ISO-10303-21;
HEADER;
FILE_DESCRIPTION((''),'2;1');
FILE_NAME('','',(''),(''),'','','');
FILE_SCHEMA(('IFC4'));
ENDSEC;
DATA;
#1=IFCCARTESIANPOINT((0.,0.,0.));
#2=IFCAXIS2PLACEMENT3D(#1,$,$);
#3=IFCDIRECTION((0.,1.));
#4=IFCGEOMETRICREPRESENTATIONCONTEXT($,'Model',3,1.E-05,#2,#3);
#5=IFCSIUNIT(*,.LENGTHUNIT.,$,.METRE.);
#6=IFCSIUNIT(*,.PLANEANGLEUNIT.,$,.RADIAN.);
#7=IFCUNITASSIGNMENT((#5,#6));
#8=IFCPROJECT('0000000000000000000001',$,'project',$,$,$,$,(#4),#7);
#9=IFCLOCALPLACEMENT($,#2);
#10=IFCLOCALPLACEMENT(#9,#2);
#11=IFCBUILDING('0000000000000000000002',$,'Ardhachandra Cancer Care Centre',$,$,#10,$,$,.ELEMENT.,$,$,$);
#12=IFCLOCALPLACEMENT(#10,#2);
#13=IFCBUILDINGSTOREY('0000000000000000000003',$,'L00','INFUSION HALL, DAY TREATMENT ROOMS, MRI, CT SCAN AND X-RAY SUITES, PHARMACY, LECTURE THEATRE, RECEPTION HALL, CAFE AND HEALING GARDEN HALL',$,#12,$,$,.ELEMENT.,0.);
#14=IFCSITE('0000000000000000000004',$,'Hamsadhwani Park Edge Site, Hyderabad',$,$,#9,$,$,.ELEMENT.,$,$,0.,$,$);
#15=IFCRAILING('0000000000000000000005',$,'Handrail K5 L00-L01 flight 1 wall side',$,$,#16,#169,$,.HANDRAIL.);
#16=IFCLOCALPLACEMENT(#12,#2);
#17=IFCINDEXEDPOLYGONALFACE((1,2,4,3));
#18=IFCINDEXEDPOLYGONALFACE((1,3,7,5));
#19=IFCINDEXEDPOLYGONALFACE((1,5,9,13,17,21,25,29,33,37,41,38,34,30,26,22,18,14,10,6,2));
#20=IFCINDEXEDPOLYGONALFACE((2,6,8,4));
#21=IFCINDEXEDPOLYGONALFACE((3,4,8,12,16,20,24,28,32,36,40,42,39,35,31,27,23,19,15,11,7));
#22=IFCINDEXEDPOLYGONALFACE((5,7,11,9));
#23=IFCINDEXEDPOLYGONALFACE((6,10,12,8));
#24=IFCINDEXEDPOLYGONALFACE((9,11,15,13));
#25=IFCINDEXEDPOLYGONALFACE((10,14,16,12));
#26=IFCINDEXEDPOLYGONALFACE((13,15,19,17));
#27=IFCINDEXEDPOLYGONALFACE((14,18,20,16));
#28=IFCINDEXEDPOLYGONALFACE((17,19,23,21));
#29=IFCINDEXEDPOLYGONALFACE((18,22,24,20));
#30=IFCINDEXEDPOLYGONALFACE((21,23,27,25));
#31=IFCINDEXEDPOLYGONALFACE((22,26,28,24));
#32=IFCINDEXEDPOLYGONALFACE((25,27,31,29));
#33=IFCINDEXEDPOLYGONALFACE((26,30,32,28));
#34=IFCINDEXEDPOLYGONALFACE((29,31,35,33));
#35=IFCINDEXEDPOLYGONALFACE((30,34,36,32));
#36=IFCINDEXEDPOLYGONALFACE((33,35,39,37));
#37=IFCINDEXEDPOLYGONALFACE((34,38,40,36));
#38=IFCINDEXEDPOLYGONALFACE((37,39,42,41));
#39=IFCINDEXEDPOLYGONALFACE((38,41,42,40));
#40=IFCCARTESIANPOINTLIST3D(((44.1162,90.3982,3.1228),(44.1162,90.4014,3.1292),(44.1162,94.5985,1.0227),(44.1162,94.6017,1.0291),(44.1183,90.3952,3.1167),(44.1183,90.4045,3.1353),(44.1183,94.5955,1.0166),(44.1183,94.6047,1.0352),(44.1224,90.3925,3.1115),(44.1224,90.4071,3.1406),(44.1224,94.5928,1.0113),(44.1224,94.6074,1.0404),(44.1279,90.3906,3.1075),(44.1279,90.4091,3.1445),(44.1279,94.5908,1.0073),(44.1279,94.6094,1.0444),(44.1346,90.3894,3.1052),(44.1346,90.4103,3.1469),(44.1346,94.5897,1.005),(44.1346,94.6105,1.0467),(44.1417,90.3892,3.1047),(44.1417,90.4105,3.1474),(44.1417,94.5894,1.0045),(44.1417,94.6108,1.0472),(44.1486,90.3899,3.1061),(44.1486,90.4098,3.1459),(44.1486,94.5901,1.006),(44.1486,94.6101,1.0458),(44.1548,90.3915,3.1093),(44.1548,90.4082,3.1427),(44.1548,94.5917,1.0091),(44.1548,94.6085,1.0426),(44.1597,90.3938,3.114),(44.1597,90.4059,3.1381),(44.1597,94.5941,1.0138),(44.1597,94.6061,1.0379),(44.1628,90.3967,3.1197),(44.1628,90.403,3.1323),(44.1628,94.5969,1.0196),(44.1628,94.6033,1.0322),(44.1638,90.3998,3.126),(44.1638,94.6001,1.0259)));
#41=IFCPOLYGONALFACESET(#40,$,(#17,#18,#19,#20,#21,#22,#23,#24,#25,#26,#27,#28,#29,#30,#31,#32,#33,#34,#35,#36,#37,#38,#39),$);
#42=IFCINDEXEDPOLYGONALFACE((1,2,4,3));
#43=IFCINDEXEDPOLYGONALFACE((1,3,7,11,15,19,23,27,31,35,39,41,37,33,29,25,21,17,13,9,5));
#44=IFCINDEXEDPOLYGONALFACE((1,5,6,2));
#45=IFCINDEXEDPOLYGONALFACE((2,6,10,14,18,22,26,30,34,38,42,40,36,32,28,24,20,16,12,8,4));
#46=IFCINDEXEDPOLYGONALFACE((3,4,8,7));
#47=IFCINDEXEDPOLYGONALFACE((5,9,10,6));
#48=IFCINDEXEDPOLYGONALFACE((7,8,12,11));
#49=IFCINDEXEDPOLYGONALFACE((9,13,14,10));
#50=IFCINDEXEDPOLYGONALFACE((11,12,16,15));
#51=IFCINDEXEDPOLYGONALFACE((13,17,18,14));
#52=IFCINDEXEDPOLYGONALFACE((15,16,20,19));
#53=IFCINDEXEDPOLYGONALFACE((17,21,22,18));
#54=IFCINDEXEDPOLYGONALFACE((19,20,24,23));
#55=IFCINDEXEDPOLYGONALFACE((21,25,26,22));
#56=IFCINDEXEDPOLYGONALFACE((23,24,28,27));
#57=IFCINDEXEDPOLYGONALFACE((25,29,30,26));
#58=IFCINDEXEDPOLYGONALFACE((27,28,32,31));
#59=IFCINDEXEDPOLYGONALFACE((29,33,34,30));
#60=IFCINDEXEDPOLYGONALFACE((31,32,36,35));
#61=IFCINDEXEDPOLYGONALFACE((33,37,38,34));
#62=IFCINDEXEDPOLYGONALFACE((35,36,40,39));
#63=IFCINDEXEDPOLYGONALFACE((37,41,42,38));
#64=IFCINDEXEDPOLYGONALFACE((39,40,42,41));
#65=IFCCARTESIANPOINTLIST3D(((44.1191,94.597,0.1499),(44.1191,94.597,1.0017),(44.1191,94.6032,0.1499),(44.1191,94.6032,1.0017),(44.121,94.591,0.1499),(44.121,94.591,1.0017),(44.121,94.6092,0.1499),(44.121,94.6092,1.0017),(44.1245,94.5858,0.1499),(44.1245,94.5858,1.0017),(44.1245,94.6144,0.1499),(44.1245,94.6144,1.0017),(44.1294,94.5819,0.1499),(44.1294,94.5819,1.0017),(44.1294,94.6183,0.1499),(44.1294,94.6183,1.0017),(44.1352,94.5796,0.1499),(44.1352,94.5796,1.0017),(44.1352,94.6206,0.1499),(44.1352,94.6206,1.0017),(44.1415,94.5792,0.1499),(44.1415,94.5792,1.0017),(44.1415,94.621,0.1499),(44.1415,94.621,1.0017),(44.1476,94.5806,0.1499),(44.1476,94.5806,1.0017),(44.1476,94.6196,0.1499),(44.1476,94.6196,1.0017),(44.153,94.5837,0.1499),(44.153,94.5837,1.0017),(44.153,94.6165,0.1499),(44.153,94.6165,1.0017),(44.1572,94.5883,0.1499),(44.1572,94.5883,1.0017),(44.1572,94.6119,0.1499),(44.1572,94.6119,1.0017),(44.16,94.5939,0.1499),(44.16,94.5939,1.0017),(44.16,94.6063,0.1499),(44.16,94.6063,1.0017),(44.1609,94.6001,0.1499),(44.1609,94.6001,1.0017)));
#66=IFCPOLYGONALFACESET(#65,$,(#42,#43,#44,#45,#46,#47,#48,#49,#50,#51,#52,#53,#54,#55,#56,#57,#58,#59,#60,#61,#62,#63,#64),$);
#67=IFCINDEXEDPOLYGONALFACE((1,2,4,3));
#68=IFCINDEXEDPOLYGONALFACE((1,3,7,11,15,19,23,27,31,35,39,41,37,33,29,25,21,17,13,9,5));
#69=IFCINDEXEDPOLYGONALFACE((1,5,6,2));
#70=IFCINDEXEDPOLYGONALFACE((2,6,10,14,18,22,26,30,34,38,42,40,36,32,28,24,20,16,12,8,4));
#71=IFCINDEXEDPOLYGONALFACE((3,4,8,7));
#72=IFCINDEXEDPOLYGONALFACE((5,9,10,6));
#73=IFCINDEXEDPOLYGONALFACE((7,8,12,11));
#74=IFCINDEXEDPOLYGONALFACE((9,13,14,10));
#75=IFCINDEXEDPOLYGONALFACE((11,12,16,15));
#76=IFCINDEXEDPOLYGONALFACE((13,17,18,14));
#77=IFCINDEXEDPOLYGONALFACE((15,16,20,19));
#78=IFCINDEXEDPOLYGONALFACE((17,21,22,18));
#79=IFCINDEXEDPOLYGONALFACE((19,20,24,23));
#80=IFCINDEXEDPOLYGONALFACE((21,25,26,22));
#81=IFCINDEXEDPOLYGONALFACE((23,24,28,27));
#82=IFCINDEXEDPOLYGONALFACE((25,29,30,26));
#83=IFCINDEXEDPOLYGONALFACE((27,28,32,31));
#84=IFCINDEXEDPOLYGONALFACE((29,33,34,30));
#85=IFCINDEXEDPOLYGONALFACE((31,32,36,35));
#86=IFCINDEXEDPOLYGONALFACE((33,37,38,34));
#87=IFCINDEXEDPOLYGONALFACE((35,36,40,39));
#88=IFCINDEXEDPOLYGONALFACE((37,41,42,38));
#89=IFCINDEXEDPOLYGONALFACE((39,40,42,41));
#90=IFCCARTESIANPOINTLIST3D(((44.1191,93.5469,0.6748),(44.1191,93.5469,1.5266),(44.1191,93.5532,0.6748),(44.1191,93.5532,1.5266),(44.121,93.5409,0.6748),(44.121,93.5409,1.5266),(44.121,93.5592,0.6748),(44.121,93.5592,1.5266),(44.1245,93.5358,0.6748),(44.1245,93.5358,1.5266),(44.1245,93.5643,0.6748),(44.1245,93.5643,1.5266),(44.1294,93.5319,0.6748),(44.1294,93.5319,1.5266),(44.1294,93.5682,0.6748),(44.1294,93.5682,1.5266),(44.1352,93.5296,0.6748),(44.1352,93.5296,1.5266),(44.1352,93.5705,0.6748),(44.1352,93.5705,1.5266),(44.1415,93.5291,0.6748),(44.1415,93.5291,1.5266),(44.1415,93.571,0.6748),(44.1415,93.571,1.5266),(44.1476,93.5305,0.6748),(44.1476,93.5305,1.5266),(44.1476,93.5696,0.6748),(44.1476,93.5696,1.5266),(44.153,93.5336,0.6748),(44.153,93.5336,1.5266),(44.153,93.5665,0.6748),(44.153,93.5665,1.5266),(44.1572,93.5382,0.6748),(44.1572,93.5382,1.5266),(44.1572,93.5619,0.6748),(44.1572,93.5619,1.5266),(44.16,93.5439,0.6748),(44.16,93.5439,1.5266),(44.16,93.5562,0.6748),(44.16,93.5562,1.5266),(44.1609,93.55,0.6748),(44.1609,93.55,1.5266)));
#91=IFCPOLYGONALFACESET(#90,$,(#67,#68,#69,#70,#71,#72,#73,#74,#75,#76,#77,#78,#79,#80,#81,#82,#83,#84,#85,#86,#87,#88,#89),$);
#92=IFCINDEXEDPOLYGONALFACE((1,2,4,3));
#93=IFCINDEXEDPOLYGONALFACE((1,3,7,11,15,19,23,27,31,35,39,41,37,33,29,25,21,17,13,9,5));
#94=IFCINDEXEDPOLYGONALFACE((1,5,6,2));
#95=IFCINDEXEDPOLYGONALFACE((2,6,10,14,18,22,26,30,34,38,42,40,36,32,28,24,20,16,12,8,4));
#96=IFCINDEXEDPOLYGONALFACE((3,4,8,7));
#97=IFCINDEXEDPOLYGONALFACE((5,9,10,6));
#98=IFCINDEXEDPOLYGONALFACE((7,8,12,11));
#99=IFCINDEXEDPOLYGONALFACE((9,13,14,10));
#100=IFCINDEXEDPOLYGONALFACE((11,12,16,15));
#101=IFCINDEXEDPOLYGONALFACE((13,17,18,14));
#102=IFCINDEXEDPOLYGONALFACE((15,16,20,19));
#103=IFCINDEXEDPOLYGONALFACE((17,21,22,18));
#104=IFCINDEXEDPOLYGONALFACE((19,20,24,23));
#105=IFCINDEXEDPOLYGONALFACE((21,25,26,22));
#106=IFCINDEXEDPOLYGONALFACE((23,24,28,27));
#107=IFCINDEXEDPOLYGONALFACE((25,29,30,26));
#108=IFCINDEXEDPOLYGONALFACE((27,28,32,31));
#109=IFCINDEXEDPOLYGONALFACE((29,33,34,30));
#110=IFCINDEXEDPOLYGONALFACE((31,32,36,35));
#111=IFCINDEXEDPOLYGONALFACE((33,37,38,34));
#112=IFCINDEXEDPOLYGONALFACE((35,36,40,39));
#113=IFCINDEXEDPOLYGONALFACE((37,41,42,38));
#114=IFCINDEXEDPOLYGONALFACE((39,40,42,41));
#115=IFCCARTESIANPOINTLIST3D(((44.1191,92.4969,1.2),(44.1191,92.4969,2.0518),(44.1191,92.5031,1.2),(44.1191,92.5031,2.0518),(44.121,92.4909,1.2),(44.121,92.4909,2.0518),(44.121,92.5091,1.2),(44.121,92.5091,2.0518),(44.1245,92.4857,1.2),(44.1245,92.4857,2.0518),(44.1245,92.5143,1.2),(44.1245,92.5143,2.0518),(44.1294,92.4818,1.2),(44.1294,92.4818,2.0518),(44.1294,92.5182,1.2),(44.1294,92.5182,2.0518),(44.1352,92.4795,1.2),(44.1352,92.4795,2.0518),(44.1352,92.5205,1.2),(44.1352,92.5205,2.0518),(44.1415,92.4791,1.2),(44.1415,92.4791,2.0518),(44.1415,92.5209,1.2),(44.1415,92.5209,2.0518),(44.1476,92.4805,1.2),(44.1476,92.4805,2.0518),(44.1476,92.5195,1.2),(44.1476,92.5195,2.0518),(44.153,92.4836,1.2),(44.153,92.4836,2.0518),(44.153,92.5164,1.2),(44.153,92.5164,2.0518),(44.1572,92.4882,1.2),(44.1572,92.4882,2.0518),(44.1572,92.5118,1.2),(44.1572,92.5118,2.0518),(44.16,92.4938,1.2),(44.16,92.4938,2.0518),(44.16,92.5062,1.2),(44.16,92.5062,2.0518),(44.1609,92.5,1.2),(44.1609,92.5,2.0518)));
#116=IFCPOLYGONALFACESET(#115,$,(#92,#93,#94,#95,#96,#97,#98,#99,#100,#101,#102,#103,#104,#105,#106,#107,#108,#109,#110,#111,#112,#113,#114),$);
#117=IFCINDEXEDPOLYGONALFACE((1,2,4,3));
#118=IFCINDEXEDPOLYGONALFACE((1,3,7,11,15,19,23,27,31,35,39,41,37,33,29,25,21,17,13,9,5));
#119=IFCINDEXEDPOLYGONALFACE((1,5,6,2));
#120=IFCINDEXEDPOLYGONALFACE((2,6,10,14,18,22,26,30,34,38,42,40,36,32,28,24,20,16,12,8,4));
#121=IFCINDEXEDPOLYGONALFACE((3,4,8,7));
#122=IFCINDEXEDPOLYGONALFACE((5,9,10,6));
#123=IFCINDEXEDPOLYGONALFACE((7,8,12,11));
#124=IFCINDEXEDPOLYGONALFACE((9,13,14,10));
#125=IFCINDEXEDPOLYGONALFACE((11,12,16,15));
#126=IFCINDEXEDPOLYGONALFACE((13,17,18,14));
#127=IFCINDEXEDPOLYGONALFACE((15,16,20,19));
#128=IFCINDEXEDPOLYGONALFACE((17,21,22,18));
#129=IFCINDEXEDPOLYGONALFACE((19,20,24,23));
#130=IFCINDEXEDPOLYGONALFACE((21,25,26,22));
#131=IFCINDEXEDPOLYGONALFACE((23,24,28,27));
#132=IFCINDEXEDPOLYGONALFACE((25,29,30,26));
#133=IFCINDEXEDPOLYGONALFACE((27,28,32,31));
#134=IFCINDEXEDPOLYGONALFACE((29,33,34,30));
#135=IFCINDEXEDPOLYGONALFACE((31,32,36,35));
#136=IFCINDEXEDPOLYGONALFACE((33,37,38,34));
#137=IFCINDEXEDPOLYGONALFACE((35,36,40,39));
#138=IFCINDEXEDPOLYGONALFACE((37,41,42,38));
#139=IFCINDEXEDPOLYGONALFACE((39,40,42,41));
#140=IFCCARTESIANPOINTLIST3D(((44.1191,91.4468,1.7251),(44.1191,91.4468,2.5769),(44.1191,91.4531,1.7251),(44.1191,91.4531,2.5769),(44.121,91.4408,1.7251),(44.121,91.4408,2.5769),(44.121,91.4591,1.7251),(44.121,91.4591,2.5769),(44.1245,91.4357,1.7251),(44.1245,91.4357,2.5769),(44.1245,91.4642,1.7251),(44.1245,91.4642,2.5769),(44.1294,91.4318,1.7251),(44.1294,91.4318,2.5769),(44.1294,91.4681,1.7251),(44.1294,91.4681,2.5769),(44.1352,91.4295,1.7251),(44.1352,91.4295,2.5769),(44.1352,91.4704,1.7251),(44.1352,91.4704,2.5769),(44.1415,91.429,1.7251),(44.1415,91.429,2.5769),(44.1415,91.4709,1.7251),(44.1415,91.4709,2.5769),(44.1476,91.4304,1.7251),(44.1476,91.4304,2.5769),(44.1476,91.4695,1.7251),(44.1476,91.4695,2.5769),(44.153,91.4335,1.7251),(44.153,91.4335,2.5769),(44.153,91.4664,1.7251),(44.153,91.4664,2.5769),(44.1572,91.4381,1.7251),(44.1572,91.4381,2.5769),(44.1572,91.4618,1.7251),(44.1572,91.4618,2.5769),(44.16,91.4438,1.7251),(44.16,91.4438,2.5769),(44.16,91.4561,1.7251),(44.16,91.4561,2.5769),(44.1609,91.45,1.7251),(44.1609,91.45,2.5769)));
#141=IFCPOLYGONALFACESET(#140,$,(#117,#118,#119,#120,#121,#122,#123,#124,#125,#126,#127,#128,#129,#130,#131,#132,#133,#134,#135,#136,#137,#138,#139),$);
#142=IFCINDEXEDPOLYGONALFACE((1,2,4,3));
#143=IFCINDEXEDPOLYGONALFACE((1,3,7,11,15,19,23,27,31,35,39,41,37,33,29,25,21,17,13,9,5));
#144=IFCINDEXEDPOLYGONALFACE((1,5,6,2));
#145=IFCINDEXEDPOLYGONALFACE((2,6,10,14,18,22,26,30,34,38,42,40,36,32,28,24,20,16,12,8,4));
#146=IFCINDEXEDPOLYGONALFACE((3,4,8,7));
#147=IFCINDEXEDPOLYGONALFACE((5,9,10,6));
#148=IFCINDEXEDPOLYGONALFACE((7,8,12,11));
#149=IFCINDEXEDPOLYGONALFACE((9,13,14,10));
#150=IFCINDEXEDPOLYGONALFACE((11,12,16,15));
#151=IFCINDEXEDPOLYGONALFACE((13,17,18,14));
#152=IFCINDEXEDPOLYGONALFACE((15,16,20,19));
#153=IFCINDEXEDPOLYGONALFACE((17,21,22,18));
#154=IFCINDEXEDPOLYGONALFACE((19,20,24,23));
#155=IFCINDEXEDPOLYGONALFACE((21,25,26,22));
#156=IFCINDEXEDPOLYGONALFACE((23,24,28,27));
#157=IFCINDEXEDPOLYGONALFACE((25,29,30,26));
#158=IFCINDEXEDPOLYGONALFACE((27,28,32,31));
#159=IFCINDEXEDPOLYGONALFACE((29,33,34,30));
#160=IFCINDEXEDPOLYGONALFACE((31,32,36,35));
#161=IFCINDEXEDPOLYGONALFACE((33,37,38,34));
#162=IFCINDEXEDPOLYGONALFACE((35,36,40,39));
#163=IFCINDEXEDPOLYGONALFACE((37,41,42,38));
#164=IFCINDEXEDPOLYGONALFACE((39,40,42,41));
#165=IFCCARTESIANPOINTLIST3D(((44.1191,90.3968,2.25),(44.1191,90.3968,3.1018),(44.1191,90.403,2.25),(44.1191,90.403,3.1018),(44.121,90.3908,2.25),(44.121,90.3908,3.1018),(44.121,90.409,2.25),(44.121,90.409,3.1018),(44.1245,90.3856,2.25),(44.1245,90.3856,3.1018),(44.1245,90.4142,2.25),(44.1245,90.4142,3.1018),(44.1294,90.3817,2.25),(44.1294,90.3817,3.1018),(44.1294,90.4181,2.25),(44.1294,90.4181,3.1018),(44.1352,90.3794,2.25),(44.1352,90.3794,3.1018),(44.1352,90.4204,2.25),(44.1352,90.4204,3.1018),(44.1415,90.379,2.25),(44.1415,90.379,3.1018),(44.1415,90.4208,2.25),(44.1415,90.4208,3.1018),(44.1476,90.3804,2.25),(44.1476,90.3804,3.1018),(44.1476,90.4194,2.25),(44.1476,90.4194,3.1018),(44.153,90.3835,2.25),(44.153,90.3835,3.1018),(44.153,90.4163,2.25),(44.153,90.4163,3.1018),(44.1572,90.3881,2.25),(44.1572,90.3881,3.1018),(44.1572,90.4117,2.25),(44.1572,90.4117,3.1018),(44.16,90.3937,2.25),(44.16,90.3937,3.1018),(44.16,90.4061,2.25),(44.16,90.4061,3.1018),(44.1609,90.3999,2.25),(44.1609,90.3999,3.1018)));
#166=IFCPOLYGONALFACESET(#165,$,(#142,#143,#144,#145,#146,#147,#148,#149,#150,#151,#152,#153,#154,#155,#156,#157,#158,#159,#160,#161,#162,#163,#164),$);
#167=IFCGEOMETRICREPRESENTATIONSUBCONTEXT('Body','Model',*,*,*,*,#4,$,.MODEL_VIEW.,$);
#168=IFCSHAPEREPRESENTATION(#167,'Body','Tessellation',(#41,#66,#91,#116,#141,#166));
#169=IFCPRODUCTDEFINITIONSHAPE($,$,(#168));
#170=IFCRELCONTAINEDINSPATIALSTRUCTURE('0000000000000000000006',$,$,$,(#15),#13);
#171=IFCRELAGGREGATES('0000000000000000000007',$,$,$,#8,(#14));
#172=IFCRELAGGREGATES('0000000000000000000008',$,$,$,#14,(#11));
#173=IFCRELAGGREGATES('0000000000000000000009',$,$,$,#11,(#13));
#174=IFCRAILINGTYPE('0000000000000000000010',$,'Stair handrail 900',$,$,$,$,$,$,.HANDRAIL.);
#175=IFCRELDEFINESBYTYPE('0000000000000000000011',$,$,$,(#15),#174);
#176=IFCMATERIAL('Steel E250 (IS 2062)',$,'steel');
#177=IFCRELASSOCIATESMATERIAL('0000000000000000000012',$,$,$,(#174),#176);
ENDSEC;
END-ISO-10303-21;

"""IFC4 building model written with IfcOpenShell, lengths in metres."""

from ifc_helpers import new_model, si_unit, direction, frame, origin, origin_2d, place, context, subcontext, project, spatial, circle, extrude, material, type_object, element, save


model = new_model("IFC4")

# Units and contexts
model_context = context("Model", 3, precision=1e-05, world=origin(), true_north=direction((0.0, 1.0)))
body_context = subcontext(model_context, "Body", "Model", "MODEL_VIEW")
ifc_project = project(units=[si_unit("LENGTHUNIT", "METRE"), si_unit("PLANEANGLEUNIT", "RADIAN")], contexts=[model_context])

# Site, building, storey
site_placement = place(None, origin())
site = spatial("IfcSite", under=ifc_project, at=site_placement, Name="Hamsadhwani Park Edge Site, Hyderabad", CompositionType="ELEMENT", RefElevation=0.0)
building_placement = place(site_placement, origin())
building = spatial("IfcBuilding", under=site, at=building_placement, Name="Ardhachandra Cancer Care Centre", CompositionType="ELEMENT")
storey_placement = place(building_placement, origin())
storey = spatial("IfcBuildingStorey", under=building, at=storey_placement, Name="L00", Description="INFUSION HALL, DAY TREATMENT ROOMS, MRI, CT SCAN AND X-RAY SUITES, PHARMACY, LECTURE THEATRE, RECEPTION HALL, CAFE AND HEALING GARDEN HALL", CompositionType="ELEMENT", Elevation=0.0)

# Railing
ifc_material_1 = material(Name="Steel E250 (IS 2062)", Category="steel")
railing_type_1 = type_object("IfcRailingType", Name="Stair handrail 900", PredefinedType="HANDRAIL", material=ifc_material_1)
for number, where, name in (
    (1, (44.1399, 94.6001, 0.1499), "Handrail K5 L00-L01 flight 1 wall side"),
):
    element("IfcRailing", number, at=place(storey_placement, frame(where)), inside=storey, type_object=railing_type_1, Name=name, PredefinedType="HANDRAIL", context=body_context, shape_type="SweptSolid", body=[
        extrude(circle(Radius=0.0239, at=origin_2d()), frame((0.0, 0.0, 0.876), z_axis=(0.0, -0.894427, 0.447214), x_axis=(1.0, 0.0, 0.0)), (0.0, 0.0, 1.0), 4.696),
        extrude(circle(Radius=0.021, at=origin_2d()), origin(), (0.0, 0.0, 1.0), 0.8518),
        extrude(circle(Radius=0.021, at=origin_2d()), frame((0.0, -1.05, 0.5249)), (0.0, 0.0, 1.0), 0.8518),
        extrude(circle(Radius=0.021, at=origin_2d()), frame((0.0, -2.1001, 1.05)), (0.0, 0.0, 1.0), 0.8518),
        extrude(circle(Radius=0.021, at=origin_2d()), frame((0.0, -3.1501, 1.5752)), (0.0, 0.0, 1.0), 0.8518),
        extrude(circle(Radius=0.021, at=origin_2d()), frame((0.0, -4.2002, 2.1001)), (0.0, 0.0, 1.0), 0.8518),
    ])

save(model, "model.ifc")
